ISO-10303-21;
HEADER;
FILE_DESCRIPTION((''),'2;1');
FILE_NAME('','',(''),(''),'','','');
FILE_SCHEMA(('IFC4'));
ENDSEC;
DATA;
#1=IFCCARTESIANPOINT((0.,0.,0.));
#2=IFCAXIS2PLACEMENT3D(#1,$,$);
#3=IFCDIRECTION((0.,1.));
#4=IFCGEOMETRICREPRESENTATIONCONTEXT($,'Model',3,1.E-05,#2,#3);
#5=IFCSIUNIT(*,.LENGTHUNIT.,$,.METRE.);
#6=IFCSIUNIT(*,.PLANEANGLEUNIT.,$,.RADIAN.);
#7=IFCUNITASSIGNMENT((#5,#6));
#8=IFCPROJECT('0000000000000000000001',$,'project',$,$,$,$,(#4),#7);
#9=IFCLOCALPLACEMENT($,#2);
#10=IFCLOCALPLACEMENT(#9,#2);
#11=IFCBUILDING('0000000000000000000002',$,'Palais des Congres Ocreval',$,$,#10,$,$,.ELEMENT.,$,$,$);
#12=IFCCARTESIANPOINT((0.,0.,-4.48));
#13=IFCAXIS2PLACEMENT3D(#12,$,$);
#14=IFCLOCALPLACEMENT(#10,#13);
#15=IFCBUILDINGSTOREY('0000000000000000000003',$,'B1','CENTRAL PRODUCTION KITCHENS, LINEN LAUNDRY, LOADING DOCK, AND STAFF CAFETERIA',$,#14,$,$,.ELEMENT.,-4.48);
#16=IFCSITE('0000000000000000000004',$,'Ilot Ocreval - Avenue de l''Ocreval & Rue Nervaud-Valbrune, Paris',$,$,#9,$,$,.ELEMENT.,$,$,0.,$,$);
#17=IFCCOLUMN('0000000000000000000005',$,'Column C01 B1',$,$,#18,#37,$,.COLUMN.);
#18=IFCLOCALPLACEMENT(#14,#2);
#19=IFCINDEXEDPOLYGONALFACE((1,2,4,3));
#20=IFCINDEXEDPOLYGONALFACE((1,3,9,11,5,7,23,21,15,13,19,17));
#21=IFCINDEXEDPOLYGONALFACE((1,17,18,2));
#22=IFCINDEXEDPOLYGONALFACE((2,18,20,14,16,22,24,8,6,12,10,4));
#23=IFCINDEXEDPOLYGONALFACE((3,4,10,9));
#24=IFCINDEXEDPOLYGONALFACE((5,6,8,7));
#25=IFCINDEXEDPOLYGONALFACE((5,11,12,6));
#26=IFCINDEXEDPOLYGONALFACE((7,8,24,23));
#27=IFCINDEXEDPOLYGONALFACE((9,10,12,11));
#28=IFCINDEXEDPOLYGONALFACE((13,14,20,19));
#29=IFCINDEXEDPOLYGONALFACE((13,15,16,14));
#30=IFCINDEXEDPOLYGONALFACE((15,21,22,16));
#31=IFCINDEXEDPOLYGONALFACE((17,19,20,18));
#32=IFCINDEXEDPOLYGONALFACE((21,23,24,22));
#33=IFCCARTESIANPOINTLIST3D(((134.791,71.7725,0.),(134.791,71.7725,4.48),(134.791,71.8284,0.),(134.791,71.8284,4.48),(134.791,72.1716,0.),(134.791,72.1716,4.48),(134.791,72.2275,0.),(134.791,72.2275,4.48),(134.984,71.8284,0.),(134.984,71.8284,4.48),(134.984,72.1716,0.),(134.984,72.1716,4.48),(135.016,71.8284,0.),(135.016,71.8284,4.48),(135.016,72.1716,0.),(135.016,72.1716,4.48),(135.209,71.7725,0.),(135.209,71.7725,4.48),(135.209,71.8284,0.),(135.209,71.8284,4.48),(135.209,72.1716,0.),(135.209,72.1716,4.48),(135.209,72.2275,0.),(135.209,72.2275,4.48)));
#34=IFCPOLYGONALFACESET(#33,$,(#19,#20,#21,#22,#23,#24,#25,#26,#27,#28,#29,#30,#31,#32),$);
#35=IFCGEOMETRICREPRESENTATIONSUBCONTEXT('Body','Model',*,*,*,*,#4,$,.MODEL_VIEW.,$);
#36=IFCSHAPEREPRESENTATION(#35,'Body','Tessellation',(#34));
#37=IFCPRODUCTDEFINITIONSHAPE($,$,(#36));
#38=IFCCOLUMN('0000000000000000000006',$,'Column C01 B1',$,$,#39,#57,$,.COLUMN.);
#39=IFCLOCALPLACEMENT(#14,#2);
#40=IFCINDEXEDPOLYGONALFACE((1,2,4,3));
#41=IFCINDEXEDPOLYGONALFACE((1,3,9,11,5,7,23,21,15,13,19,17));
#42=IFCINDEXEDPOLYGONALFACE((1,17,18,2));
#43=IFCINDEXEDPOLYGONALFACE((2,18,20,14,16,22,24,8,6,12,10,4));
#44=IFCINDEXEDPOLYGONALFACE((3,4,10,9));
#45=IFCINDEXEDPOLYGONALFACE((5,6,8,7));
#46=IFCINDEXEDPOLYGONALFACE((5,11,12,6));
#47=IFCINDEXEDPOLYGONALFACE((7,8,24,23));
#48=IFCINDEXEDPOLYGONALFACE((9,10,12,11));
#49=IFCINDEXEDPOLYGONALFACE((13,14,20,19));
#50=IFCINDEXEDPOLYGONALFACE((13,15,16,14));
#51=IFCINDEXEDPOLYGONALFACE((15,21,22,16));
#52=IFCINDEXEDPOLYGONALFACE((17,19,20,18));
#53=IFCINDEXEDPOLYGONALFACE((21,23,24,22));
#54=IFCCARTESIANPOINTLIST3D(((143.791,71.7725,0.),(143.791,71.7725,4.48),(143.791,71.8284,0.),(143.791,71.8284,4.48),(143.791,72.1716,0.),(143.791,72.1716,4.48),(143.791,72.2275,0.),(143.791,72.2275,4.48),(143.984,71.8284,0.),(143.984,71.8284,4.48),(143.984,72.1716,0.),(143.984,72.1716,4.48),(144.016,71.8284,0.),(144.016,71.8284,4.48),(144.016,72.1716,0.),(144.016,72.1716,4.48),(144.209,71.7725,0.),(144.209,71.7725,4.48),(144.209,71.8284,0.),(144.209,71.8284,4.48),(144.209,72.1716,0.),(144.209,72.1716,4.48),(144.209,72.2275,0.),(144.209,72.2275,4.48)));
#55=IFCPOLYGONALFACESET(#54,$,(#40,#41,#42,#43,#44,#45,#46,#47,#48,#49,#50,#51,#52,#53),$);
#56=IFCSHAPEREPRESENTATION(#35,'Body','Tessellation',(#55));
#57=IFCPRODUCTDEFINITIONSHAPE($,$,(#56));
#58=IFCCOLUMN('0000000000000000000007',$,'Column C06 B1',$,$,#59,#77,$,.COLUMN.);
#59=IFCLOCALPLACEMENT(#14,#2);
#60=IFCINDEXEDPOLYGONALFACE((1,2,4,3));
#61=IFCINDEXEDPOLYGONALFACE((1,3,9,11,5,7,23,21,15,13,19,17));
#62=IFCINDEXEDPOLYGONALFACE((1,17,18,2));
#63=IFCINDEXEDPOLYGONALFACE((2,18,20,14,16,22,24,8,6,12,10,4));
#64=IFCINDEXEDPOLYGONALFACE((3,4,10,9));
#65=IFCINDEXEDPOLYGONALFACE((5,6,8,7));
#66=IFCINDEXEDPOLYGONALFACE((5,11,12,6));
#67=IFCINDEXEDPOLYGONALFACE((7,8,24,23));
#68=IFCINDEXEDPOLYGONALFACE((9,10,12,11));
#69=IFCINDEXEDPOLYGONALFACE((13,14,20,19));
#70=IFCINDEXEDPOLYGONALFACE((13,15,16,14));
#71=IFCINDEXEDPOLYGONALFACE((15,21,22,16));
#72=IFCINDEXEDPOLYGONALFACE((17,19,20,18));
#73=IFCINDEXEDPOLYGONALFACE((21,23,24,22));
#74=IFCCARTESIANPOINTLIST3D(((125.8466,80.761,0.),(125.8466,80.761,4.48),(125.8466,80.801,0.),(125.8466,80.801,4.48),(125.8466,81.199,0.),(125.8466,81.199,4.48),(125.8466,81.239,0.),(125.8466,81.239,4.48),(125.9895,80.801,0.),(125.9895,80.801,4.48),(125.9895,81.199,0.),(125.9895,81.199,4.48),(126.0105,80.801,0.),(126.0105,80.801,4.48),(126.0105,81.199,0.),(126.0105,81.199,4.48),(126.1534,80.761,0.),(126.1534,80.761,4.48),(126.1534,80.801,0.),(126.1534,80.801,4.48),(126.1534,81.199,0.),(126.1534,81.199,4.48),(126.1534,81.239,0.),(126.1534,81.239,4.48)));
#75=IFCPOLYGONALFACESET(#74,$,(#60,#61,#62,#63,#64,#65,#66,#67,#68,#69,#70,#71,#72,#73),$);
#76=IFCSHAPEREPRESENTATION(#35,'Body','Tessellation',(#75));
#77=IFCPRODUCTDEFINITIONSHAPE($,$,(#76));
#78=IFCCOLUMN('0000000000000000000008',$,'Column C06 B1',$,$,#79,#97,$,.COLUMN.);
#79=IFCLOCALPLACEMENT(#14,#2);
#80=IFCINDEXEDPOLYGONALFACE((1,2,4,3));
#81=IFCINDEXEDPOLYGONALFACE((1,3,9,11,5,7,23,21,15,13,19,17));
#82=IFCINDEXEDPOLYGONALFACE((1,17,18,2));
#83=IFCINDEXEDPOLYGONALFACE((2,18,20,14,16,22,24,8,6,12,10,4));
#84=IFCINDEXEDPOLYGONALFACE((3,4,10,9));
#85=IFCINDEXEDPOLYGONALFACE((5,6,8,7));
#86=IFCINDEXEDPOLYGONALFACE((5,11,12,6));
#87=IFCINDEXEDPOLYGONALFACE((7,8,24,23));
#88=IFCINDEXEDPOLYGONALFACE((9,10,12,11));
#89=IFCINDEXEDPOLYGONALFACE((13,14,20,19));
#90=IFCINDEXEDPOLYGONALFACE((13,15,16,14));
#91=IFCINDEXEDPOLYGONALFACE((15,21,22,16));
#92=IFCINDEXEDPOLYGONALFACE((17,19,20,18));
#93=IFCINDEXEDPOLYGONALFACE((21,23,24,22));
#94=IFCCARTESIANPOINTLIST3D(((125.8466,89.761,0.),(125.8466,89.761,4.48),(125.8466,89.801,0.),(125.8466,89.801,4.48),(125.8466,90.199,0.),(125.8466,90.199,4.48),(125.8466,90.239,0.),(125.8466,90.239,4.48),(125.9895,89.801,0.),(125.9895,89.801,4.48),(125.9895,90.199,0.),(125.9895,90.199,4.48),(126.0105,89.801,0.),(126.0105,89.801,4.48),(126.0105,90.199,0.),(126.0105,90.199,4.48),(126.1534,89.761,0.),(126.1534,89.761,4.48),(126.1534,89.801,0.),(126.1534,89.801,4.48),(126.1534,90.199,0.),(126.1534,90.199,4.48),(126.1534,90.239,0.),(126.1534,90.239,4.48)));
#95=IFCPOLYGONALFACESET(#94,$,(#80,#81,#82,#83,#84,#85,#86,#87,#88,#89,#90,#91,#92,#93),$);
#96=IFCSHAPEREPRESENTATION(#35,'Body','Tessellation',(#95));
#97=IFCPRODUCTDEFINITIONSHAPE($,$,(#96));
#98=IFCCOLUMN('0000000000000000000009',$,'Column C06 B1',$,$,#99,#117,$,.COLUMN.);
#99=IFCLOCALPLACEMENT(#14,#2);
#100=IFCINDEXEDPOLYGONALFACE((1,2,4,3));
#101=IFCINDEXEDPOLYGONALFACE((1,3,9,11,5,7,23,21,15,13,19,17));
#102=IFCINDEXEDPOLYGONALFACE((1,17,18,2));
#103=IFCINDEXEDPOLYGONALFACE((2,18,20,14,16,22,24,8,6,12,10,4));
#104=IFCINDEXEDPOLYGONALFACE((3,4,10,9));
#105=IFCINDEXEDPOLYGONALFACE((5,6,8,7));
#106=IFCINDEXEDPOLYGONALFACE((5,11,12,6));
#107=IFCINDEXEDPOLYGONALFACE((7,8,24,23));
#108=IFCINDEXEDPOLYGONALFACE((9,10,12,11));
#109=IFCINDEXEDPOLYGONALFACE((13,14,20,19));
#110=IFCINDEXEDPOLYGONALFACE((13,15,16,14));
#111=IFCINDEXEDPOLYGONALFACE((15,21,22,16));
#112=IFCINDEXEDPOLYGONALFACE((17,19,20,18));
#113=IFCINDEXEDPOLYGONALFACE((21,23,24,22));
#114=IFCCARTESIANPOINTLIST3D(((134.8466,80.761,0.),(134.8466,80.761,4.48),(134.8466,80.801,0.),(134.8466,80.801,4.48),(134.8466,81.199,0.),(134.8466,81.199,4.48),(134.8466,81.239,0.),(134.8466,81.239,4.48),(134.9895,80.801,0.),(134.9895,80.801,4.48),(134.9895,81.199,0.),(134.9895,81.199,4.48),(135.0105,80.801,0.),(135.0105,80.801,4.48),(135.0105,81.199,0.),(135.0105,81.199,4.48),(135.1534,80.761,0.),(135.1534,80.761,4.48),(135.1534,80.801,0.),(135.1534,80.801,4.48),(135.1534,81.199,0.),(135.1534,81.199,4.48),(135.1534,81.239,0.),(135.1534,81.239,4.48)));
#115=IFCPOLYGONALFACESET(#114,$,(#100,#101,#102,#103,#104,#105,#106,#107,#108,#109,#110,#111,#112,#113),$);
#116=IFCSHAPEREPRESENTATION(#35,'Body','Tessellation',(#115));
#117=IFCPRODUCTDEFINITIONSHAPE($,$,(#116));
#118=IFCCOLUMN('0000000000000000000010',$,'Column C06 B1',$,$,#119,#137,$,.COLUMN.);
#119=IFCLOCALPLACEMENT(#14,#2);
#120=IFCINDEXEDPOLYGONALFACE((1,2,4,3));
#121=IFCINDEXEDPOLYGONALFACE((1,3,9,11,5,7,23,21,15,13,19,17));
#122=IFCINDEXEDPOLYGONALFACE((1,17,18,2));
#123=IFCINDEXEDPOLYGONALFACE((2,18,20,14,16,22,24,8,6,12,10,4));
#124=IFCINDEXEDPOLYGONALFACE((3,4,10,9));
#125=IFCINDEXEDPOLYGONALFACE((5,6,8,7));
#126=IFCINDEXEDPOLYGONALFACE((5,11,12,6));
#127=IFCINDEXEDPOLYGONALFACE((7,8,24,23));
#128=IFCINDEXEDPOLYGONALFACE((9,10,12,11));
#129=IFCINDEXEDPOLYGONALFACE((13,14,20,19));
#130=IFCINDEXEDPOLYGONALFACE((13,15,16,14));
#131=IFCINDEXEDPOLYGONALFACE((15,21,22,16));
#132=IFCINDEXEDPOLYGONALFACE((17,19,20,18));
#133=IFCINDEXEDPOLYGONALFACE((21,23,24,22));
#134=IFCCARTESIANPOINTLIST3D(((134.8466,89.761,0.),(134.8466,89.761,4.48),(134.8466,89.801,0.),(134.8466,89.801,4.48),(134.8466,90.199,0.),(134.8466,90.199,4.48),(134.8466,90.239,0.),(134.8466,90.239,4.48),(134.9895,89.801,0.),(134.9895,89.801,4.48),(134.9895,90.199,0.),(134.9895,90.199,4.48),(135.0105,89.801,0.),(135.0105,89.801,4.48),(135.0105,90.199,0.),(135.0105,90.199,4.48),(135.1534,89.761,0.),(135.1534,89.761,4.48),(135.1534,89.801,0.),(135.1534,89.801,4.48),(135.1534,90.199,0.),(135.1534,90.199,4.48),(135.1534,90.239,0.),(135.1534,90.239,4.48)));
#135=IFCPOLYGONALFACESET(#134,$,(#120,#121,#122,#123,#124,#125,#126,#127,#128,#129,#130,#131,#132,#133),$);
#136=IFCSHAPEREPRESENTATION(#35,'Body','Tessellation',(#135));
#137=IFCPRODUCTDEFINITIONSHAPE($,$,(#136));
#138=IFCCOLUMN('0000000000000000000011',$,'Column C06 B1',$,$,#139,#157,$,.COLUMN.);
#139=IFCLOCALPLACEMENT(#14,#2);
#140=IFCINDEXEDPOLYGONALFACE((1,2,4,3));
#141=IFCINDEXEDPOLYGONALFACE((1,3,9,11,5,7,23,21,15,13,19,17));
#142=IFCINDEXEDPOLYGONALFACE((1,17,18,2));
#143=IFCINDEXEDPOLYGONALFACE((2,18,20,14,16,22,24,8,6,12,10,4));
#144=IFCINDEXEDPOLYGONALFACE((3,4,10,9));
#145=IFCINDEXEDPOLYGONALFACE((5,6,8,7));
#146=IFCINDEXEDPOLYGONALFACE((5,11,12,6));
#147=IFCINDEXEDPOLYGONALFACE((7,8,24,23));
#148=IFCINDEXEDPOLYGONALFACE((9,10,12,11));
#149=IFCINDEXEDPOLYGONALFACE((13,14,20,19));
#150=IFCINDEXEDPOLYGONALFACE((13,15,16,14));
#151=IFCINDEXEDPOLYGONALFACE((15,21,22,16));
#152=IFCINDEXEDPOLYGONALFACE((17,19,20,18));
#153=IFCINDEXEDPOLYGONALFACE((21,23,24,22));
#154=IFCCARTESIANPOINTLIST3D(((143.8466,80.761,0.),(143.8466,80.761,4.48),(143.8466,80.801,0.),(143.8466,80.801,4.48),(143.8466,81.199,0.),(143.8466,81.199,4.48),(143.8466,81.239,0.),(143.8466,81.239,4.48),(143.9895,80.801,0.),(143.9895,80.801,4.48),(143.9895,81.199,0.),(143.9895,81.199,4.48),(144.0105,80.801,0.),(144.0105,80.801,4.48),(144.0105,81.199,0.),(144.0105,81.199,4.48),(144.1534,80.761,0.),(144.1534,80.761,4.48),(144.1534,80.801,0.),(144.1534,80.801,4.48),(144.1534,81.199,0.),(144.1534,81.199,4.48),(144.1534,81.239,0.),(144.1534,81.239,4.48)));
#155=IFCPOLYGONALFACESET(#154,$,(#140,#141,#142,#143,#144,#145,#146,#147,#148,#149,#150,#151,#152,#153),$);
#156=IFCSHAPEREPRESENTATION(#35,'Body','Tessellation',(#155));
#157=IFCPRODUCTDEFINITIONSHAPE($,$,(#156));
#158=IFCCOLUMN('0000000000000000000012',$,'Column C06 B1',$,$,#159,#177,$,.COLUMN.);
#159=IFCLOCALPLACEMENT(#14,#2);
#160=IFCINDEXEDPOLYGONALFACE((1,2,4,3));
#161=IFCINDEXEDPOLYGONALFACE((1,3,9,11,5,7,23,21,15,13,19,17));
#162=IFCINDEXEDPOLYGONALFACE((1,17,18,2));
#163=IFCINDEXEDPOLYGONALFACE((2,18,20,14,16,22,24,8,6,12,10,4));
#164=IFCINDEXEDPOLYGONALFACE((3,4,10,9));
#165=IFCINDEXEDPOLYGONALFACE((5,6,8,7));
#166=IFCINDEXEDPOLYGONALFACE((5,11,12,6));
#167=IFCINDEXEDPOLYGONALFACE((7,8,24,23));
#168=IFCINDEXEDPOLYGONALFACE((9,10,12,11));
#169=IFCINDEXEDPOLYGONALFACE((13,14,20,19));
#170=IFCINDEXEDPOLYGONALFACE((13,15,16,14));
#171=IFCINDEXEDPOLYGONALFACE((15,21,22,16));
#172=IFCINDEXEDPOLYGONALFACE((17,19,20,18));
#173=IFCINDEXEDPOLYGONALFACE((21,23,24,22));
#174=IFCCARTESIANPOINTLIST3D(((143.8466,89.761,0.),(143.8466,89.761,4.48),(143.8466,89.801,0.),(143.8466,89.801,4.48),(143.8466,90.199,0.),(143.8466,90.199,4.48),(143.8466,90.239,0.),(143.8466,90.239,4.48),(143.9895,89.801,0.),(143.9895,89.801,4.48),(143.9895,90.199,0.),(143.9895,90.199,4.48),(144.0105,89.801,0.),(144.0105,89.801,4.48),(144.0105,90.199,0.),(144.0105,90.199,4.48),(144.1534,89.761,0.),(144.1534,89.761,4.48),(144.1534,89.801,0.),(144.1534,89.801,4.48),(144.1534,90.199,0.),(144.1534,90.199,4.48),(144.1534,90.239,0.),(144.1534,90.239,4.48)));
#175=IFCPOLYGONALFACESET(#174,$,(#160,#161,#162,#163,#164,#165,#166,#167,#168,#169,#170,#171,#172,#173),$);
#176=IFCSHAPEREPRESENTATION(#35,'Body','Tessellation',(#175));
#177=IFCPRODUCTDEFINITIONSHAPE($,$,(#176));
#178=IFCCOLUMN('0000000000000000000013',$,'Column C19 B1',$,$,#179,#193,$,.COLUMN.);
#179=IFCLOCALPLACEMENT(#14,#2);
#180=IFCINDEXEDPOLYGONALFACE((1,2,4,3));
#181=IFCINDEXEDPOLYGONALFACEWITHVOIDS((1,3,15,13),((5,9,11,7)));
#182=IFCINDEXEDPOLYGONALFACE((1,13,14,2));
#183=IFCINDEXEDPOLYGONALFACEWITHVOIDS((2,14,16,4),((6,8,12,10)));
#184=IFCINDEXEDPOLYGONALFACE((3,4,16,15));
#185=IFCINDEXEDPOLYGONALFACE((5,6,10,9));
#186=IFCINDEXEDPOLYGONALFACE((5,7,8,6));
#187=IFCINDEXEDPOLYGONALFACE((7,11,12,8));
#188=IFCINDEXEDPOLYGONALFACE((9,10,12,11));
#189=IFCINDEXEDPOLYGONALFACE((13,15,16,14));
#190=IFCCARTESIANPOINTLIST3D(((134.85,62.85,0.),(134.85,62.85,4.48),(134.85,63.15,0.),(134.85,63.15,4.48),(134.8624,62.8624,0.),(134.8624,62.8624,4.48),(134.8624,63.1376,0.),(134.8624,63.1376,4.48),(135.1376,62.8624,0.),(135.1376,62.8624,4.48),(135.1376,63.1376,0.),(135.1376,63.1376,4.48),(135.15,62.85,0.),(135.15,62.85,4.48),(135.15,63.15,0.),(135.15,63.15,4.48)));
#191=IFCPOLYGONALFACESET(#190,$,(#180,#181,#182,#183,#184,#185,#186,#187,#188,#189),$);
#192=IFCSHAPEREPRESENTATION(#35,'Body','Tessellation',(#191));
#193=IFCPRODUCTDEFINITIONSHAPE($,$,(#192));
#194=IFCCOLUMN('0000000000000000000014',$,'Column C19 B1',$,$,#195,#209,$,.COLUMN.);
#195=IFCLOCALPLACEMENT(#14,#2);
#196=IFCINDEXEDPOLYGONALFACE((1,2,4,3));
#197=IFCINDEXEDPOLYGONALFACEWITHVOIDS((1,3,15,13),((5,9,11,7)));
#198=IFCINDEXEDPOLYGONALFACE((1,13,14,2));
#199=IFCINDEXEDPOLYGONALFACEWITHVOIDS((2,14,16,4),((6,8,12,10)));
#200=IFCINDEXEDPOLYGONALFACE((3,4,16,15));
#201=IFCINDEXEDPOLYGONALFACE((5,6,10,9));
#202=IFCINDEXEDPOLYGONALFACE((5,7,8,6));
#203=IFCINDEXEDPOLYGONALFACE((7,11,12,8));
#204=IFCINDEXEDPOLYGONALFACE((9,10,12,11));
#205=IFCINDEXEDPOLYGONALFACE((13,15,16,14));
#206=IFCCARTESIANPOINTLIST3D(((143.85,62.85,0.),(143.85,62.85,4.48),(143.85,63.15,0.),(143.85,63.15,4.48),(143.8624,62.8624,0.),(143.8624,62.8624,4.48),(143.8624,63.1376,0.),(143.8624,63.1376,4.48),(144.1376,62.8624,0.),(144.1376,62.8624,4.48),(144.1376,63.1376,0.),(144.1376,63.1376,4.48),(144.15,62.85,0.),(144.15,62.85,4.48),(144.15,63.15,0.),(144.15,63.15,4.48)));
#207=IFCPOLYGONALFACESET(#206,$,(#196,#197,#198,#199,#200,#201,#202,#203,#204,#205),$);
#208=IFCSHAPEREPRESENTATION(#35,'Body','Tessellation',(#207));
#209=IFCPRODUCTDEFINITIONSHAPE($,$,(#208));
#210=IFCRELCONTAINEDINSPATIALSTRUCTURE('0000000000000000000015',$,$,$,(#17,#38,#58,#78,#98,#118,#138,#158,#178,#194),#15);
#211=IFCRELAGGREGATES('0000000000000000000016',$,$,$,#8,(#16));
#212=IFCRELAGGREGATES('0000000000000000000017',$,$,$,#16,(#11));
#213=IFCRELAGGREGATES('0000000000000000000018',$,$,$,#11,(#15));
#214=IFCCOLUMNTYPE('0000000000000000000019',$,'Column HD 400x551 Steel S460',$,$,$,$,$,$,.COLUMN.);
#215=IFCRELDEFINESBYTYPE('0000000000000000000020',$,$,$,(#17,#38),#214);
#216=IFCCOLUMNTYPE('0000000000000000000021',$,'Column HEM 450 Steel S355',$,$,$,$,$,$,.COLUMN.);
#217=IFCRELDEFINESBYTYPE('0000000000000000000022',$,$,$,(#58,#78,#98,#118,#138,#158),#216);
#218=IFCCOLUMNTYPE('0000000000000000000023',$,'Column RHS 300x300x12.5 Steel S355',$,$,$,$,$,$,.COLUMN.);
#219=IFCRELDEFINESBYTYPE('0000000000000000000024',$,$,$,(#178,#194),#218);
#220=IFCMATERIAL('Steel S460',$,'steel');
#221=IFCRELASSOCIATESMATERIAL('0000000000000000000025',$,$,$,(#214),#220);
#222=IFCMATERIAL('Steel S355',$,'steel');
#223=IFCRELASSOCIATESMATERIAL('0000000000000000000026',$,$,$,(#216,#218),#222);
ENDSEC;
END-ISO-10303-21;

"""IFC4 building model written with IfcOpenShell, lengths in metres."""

from ifc_helpers import new_model, si_unit, direction, frame, origin, origin_2d, place, context, subcontext, project, spatial, hollow_rectangle, i_section, extrude, material, material_profile, profile_set, type_object, element, save


model = new_model("IFC4")

# Units and contexts
model_context = context("Model", 3, precision=1e-05, world=origin(), true_north=direction((0.0, 1.0)))
body_context = subcontext(model_context, "Body", "Model", "MODEL_VIEW")
ifc_project = project(units=[si_unit("LENGTHUNIT", "METRE"), si_unit("PLANEANGLEUNIT", "RADIAN")], contexts=[model_context])

# Site, building, storey
site_placement = place(None, origin())
site = spatial("IfcSite", under=ifc_project, at=site_placement, Name="Ilot Ocreval - Avenue de l'Ocreval & Rue Nervaud-Valbrune, Paris", CompositionType="ELEMENT", RefElevation=0.0)
building_placement = place(site_placement, origin())
building = spatial("IfcBuilding", under=site, at=building_placement, Name="Palais des Congres Ocreval", CompositionType="ELEMENT")
storey_placement = place(building_placement, frame((0.0, 0.0, -4.48)))
storey = spatial("IfcBuildingStorey", under=building, at=storey_placement, Name="B1", Description="CENTRAL PRODUCTION KITCHENS, LINEN LAUNDRY, LOADING DOCK, AND STAFF CAFETERIA", CompositionType="ELEMENT", Elevation=-4.48)

# Columns
ifc_material_1 = material(Name="Steel S460", Category="steel")
ifc_material_profile_1 = material_profile(ifc_material_1, i_section(OverallWidth=0.418, OverallDepth=0.4551, WebThickness=0.032, FlangeThickness=0.0559, at=origin_2d()), Name="HD 400x551")
ifc_profile_set_1 = profile_set([ifc_material_profile_1], Name="Steel S460")
column_type_1 = type_object("IfcColumnType", Name="Column HD 400x551 Steel S460", PredefinedType="COLUMN", material=ifc_profile_set_1)
for number, where, z_axis, x_axis, name in (
    (1, (135.0, 72.0, 0.0), (0.0, 0.0, 1.0), (1.0, 0.0, 0.0), "Column C01 B1"),
    (2, (144.0, 72.0, 0.0), (0.0, 0.0, 1.0), (1.0, 0.0, 0.0), "Column C01 B1"),
):
    element("IfcColumn", number, at=place(storey_placement, frame(where, z_axis=z_axis, x_axis=x_axis)), inside=storey, type_object=column_type_1, Name=name, PredefinedType="COLUMN", context=body_context, shape_type="SweptSolid", body=[
        extrude(i_section(OverallWidth=0.418, OverallDepth=0.4551, WebThickness=0.032, FlangeThickness=0.0559, at=origin_2d()), origin(), (0.0, 0.0, 1.0), 4.48),
    ])
ifc_material_2 = material(Name="Steel S355", Category="steel")
ifc_material_profile_2 = material_profile(ifc_material_2, i_section(OverallWidth=0.3069, OverallDepth=0.478, WebThickness=0.021, FlangeThickness=0.04, at=origin_2d()), Name="HEM 450")
ifc_profile_set_2 = profile_set([ifc_material_profile_2], Name="Steel S355")
column_type_2 = type_object("IfcColumnType", Name="Column HEM 450 Steel S355", PredefinedType="COLUMN", material=ifc_profile_set_2)
for number, where, z_axis, x_axis, name in (
    (3, (126.0, 81.0, 0.0), (0.0, 0.0, 1.0), (1.0, 0.0, 0.0), "Column C06 B1"),
    (4, (126.0, 90.0, 0.0), (0.0, 0.0, 1.0), (1.0, 0.0, 0.0), "Column C06 B1"),
    (5, (135.0, 81.0, 0.0), (0.0, 0.0, 1.0), (1.0, 0.0, 0.0), "Column C06 B1"),
    (6, (135.0, 90.0, 0.0), (0.0, 0.0, 1.0), (1.0, 0.0, 0.0), "Column C06 B1"),
    (7, (144.0, 81.0, 0.0), (0.0, 0.0, 1.0), (1.0, 0.0, 0.0), "Column C06 B1"),
    (8, (144.0, 90.0, 0.0), (0.0, 0.0, 1.0), (1.0, 0.0, 0.0), "Column C06 B1"),
):
    element("IfcColumn", number, at=place(storey_placement, frame(where, z_axis=z_axis, x_axis=x_axis)), inside=storey, type_object=column_type_2, Name=name, PredefinedType="COLUMN", context=body_context, shape_type="SweptSolid", body=[
        extrude(i_section(OverallWidth=0.3069, OverallDepth=0.478, WebThickness=0.021, FlangeThickness=0.04, at=origin_2d()), origin(), (0.0, 0.0, 1.0), 4.48),
    ])
ifc_material_profile_3 = material_profile(ifc_material_2, hollow_rectangle(XDim=0.3, YDim=0.3, WallThickness=0.0125, at=origin_2d()), Name="RHS 300x300x12.5")
ifc_profile_set_3 = profile_set([ifc_material_profile_3], Name="Steel S355")
column_type_3 = type_object("IfcColumnType", Name="Column RHS 300x300x12.5 Steel S355", PredefinedType="COLUMN", material=ifc_profile_set_3)
for number, where, z_axis, x_axis, name in (
    (9, (135.0, 63.0, 0.0), (0.0, 0.0, 1.0), (1.0, 0.0, 0.0), "Column C19 B1"),
    (10, (144.0, 63.0, 0.0), (0.0, 0.0, 1.0), (1.0, 0.0, 0.0), "Column C19 B1"),
):
    element("IfcColumn", number, at=place(storey_placement, frame(where, z_axis=z_axis, x_axis=x_axis)), inside=storey, type_object=column_type_3, Name=name, PredefinedType="COLUMN", context=body_context, shape_type="SweptSolid", body=[
        extrude(hollow_rectangle(XDim=0.3, YDim=0.3, WallThickness=0.0125, at=origin_2d()), origin(), (0.0, 0.0, 1.0), 4.48),
    ])

save(model, "model.ifc")
